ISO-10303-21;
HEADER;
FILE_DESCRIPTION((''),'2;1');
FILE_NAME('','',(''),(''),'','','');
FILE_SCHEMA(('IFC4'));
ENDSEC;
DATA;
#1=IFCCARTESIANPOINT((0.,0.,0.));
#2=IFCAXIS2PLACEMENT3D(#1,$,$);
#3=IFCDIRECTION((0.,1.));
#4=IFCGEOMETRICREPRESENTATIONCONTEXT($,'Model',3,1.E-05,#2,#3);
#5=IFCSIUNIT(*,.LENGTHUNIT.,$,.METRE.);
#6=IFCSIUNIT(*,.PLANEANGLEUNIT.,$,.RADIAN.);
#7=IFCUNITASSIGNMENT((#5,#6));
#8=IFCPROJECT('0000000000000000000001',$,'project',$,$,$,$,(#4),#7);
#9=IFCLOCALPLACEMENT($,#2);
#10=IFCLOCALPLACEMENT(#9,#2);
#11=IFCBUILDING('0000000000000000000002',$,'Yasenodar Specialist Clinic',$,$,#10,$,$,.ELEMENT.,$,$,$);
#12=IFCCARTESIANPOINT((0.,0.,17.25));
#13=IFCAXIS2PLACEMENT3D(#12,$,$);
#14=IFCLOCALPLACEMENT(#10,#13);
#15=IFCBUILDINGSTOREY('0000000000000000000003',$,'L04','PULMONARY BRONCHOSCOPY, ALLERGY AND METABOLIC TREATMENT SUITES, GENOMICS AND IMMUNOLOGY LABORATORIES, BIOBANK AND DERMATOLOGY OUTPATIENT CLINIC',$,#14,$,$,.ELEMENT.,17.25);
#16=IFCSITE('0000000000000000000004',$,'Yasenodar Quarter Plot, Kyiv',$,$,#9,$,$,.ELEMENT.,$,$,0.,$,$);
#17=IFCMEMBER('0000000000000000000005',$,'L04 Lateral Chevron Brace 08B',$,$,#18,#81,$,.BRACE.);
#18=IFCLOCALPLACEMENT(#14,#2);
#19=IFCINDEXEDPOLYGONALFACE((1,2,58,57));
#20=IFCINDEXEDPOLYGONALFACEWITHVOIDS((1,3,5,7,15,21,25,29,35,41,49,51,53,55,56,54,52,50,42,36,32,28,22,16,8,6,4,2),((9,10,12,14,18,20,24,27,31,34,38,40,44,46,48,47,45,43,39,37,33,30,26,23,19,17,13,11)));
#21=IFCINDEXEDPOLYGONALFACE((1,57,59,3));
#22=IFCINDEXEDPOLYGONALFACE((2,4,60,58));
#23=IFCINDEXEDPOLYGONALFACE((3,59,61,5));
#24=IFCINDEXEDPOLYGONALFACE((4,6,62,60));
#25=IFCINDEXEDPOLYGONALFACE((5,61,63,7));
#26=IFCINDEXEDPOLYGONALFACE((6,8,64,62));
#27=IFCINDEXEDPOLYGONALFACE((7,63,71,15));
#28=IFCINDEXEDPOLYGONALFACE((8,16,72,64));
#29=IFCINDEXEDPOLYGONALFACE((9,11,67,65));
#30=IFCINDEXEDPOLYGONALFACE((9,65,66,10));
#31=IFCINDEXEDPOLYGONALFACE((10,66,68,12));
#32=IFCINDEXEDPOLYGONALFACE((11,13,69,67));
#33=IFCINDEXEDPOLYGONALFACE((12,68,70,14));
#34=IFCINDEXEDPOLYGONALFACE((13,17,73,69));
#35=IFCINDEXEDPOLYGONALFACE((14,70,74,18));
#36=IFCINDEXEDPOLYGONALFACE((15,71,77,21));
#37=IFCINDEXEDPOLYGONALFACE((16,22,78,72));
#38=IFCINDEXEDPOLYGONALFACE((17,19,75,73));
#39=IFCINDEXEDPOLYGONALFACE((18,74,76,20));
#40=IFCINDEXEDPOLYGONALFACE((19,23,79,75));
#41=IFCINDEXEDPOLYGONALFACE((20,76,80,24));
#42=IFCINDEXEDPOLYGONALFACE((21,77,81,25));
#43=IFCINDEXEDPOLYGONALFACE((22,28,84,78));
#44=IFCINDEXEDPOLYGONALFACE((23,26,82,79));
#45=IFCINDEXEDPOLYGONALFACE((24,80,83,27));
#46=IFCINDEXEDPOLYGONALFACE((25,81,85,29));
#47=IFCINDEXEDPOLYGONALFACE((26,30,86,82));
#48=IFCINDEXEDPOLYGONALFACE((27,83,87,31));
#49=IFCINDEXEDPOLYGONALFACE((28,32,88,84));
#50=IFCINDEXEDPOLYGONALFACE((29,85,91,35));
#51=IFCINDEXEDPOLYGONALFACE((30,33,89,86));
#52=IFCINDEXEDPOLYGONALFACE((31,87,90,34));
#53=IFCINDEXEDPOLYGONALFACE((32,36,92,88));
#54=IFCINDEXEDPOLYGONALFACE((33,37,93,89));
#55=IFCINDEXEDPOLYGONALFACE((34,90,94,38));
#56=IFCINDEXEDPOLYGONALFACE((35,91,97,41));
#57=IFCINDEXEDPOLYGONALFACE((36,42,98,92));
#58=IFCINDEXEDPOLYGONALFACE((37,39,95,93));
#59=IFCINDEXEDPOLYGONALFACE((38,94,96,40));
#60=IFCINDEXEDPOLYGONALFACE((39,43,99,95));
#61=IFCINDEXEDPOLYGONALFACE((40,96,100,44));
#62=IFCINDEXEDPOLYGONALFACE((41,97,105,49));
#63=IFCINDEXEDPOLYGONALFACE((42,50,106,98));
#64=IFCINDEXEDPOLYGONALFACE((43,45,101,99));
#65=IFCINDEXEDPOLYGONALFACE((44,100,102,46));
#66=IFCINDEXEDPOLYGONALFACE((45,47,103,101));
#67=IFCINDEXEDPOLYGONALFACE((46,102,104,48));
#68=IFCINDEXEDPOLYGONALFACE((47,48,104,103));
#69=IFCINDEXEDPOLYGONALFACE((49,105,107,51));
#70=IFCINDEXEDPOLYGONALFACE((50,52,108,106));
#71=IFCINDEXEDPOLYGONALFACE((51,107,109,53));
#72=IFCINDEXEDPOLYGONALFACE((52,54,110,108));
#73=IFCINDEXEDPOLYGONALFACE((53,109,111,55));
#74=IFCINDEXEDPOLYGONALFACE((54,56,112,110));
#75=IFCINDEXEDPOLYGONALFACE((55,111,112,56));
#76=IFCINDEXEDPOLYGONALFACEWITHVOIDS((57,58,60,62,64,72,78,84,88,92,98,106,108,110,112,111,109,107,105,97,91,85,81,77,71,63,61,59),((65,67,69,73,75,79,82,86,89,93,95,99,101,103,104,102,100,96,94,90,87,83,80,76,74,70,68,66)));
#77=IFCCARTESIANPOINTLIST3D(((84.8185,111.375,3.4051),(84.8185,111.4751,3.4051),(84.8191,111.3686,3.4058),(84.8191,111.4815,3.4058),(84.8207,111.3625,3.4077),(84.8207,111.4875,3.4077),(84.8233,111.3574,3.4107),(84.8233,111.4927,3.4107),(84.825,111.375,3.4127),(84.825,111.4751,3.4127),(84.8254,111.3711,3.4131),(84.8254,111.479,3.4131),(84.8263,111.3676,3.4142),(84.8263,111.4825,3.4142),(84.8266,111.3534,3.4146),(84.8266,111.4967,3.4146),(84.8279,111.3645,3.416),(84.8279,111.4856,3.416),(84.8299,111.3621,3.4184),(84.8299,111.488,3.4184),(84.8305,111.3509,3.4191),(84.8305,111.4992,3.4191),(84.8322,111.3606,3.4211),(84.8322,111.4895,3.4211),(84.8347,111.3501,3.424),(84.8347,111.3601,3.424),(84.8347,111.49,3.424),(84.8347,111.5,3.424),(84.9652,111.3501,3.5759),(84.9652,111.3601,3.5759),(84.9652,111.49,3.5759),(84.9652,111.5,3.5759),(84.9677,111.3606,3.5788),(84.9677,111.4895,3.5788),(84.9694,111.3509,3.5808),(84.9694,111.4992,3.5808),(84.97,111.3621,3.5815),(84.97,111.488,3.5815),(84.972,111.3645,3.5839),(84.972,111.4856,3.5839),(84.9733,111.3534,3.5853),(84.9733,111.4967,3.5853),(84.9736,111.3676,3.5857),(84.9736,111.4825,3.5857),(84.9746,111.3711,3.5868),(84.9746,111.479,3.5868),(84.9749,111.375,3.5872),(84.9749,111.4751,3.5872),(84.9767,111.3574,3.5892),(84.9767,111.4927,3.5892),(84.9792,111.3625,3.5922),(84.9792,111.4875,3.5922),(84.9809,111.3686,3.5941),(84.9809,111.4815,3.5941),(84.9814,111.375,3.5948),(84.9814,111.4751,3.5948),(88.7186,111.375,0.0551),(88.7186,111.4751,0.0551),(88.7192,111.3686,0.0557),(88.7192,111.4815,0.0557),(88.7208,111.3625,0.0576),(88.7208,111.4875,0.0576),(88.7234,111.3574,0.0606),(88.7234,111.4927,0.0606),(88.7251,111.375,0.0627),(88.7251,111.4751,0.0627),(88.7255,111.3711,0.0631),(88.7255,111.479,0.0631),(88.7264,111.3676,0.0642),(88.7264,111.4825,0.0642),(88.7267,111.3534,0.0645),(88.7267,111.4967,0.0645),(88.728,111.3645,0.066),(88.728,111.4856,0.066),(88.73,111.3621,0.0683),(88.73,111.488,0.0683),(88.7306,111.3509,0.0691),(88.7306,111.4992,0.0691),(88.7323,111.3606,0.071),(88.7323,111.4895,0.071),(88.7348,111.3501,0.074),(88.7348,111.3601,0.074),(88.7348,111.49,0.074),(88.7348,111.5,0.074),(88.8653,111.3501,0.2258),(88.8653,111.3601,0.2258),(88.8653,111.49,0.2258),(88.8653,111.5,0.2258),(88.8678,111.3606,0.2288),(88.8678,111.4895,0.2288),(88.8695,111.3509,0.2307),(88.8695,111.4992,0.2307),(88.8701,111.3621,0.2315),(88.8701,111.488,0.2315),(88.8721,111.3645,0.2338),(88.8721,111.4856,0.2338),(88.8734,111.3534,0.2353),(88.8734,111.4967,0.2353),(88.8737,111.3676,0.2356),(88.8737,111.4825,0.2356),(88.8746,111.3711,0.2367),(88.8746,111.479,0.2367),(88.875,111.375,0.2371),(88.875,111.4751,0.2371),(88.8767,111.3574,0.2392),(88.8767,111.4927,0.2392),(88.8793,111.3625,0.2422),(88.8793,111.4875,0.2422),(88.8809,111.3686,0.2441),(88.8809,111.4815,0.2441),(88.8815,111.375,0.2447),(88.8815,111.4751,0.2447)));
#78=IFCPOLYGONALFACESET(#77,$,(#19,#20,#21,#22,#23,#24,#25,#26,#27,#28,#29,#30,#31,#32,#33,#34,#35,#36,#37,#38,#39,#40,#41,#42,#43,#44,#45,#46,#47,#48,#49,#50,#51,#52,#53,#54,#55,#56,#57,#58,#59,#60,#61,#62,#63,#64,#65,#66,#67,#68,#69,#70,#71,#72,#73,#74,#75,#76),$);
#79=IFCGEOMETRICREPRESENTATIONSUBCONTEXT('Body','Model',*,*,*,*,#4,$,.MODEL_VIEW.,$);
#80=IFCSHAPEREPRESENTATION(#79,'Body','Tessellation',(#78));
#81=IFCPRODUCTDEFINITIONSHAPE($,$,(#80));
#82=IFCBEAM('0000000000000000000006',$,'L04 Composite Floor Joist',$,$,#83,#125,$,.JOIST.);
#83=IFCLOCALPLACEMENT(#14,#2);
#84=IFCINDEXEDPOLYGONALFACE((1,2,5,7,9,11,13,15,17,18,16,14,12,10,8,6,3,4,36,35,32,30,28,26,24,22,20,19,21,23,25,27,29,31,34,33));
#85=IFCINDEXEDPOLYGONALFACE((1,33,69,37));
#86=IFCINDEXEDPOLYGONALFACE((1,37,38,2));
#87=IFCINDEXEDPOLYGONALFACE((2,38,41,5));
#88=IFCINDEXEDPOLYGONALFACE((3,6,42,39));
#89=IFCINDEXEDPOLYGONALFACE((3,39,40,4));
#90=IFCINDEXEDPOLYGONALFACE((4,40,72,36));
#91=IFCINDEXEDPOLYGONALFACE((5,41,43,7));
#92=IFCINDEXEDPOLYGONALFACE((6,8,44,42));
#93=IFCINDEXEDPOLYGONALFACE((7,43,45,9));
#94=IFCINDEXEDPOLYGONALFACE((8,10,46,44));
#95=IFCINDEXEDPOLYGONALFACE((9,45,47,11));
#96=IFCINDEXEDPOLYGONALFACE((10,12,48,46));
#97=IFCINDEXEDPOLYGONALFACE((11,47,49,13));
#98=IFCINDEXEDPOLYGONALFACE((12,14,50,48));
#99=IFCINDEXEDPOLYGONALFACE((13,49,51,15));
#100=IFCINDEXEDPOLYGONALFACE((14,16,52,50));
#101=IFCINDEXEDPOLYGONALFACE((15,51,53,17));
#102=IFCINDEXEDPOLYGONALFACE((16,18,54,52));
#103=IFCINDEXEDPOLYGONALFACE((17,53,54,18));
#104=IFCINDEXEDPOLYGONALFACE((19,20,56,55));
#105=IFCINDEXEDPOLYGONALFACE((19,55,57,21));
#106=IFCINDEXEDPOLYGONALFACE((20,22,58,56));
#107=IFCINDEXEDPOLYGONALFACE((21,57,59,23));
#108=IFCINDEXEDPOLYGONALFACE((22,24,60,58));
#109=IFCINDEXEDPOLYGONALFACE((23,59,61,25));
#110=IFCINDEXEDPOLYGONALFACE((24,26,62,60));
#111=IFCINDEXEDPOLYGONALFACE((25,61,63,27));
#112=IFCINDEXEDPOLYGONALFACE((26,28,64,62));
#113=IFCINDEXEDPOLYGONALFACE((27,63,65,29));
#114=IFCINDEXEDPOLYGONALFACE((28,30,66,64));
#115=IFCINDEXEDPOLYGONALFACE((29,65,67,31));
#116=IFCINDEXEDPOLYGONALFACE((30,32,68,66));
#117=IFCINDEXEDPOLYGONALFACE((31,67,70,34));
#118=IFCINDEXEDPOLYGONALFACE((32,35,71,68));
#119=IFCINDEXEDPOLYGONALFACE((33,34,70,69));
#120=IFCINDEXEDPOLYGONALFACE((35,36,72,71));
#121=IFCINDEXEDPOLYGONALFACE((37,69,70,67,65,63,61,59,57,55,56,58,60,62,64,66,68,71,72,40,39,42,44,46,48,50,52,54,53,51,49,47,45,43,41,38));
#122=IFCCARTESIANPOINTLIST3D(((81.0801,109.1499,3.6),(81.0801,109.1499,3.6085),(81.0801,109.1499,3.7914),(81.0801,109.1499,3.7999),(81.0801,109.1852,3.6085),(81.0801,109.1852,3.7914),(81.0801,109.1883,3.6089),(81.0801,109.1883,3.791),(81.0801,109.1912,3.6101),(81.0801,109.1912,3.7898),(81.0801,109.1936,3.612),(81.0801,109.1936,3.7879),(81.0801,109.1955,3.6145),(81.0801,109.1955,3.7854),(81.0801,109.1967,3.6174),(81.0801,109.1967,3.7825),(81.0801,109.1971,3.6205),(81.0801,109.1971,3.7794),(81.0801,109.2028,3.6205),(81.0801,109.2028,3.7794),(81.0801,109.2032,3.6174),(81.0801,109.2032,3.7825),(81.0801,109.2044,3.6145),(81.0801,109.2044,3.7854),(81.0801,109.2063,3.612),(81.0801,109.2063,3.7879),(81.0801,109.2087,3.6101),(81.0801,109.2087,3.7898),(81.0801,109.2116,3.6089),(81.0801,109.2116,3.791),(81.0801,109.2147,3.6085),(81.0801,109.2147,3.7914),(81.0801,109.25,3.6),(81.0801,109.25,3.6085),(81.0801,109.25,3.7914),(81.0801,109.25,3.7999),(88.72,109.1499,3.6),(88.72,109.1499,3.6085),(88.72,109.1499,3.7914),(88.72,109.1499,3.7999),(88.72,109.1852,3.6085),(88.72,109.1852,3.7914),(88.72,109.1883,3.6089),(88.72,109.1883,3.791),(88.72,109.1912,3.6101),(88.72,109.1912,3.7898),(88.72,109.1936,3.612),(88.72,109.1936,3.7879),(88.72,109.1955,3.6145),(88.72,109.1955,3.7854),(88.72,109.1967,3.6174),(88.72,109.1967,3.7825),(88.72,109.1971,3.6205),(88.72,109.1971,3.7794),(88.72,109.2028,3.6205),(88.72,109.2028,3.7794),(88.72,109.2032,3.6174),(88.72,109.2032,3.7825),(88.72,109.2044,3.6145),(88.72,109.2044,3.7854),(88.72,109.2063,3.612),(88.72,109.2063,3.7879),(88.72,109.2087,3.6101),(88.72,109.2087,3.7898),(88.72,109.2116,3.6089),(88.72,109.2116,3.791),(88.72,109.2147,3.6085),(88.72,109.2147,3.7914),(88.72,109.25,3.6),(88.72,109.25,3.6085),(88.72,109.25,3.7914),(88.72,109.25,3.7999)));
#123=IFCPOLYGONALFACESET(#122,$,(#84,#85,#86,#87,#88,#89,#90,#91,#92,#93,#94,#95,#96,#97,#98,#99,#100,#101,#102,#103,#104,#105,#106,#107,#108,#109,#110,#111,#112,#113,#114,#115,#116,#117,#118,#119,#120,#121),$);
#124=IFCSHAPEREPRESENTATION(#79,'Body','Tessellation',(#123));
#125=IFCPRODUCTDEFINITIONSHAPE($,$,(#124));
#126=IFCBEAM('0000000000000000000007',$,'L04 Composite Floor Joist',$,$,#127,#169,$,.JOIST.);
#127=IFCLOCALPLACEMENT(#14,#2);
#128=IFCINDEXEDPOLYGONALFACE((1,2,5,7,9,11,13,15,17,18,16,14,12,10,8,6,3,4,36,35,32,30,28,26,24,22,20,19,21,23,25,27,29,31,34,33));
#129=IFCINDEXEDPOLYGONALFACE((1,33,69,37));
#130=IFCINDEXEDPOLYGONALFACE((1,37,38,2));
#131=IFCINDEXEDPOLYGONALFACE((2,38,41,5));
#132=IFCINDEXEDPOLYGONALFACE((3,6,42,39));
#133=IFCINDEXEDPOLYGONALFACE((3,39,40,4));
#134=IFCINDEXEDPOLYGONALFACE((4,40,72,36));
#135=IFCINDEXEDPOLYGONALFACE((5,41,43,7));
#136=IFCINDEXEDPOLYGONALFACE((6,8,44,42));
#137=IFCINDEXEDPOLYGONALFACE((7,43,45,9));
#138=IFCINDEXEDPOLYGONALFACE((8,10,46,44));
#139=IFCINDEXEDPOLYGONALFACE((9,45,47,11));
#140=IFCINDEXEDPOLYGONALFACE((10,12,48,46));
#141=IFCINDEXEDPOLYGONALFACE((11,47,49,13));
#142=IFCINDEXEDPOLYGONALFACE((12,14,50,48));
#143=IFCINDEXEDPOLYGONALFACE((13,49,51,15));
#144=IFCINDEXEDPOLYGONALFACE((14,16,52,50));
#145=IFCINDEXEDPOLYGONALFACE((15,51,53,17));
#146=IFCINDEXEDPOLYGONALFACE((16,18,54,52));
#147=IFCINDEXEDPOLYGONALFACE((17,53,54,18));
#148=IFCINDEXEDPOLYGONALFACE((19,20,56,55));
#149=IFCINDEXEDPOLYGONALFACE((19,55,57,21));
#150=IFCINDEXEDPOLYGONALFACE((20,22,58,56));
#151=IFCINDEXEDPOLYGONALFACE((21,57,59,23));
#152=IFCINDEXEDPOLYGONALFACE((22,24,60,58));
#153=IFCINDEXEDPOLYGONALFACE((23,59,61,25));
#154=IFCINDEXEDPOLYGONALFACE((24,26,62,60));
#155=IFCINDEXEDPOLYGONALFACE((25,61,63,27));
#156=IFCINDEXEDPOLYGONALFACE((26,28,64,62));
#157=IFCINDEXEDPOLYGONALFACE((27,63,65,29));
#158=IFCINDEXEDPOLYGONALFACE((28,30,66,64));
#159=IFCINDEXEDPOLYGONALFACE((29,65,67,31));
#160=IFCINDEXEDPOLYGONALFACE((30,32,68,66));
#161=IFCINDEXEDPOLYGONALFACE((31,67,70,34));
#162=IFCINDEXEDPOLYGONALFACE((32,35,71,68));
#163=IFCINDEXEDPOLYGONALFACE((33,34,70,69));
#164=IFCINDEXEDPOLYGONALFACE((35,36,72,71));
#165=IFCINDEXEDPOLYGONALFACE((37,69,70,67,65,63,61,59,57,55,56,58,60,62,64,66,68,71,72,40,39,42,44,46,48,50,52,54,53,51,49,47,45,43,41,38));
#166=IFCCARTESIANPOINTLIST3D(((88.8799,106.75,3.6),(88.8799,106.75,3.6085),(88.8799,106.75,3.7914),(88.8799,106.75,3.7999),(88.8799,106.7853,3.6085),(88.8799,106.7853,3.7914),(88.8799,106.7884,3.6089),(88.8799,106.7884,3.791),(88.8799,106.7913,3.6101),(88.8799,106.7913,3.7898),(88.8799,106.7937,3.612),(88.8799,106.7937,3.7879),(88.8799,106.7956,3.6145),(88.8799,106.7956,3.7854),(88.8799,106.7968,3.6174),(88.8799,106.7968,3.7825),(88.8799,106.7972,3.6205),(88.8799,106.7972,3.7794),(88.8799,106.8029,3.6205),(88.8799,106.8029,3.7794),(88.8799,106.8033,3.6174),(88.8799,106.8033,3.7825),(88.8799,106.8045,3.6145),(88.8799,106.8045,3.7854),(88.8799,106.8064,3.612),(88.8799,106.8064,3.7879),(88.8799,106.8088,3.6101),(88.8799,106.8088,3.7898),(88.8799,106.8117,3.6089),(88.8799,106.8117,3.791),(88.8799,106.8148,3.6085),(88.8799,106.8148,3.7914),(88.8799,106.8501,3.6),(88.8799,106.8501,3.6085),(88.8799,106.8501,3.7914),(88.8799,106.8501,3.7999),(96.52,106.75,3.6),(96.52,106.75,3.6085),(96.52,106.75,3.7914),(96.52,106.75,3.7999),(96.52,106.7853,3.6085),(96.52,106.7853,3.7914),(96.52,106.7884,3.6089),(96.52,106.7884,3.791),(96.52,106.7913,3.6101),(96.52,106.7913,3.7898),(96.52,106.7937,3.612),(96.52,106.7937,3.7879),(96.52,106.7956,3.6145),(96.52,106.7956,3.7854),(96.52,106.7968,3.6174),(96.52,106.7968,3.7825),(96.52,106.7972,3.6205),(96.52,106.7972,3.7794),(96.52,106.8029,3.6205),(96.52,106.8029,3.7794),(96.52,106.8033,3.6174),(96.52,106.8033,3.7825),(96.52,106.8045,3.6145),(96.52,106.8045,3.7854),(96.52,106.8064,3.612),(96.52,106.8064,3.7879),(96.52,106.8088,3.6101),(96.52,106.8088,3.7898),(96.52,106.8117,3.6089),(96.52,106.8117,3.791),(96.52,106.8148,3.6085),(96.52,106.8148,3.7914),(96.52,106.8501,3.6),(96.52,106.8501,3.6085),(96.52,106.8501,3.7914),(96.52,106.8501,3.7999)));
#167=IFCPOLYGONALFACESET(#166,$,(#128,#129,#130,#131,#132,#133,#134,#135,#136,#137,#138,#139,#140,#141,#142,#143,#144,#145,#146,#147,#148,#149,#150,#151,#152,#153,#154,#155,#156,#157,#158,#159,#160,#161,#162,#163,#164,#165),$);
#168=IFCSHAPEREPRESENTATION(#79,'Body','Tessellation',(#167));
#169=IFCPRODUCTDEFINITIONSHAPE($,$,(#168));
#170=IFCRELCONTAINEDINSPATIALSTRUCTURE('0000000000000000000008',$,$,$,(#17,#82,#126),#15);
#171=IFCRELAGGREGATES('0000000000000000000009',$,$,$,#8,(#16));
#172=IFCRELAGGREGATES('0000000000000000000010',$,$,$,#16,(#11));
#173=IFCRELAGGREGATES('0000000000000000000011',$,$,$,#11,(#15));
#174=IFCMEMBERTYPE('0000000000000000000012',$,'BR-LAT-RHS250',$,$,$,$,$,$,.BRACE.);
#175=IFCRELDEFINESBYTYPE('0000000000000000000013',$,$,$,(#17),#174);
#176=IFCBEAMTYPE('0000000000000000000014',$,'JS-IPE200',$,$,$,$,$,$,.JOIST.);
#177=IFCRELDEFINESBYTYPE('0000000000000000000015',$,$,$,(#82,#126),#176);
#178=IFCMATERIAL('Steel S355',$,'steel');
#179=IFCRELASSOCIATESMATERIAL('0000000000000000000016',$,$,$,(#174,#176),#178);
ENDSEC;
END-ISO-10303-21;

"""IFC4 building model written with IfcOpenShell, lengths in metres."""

from ifc_helpers import new_model, si_unit, direction, frame, origin, origin_2d, place, context, subcontext, project, spatial, hollow_rectangle, i_section, extrude, material, material_profile, profile_set, type_object, element, save


model = new_model("IFC4")

# Units and contexts
model_context = context("Model", 3, precision=1e-05, world=origin(), true_north=direction((0.0, 1.0)))
body_context = subcontext(model_context, "Body", "Model", "MODEL_VIEW")
ifc_project = project(units=[si_unit("LENGTHUNIT", "METRE"), si_unit("PLANEANGLEUNIT", "RADIAN")], contexts=[model_context])

# Site, building, storey
site_placement = place(None, origin())
site = spatial("IfcSite", under=ifc_project, at=site_placement, Name="Yasenodar Quarter Plot, Kyiv", CompositionType="ELEMENT", RefElevation=0.0)
building_placement = place(site_placement, origin())
building = spatial("IfcBuilding", under=site, at=building_placement, Name="Yasenodar Specialist Clinic", CompositionType="ELEMENT")
storey_placement = place(building_placement, frame((0.0, 0.0, 17.25)))
storey = spatial("IfcBuildingStorey", under=building, at=storey_placement, Name="L04", Description="PULMONARY BRONCHOSCOPY, ALLERGY AND METABOLIC TREATMENT SUITES, GENOMICS AND IMMUNOLOGY LABORATORIES, BIOBANK AND DERMATOLOGY OUTPATIENT CLINIC", CompositionType="ELEMENT", Elevation=17.25)

# Shared definitions
ifc_material_1 = material(Name="Steel S355", Category="steel")

# Member
ifc_material_profile_1 = material_profile(ifc_material_1, hollow_rectangle(XDim=0.1499, YDim=0.25, WallThickness=0.01, InnerFilletRadius=0.0149, OuterFilletRadius=0.0249, at=origin_2d()), Name="RHS 250x150x10")
ifc_profile_set_1 = profile_set([ifc_material_profile_1], Name="Steel S355")
member_type = type_object("IfcMemberType", Name="BR-LAT-RHS250", PredefinedType="BRACE", material=ifc_profile_set_1)
for number, where, z_axis, x_axis, name in (
    (1, (88.8, 111.425, 0.1499), (-0.758572, 0.0, 0.651589), (0.0, -1.0, 0.0), "L04 Lateral Chevron Brace 08B"),
):
    element("IfcMember", number, at=place(storey_placement, frame(where, z_axis=z_axis, x_axis=x_axis)), inside=storey, type_object=member_type, Name=name, PredefinedType="BRACE", context=body_context, shape_type="SweptSolid", body=[
        extrude(hollow_rectangle(XDim=0.1499, YDim=0.25, WallThickness=0.01, InnerFilletRadius=0.0149, OuterFilletRadius=0.0249, at=origin_2d()), origin(), (0.0, 0.0, 1.0), 5.1414),
    ])

# Beams
ifc_material_profile_2 = material_profile(ifc_material_1, i_section(OverallWidth=0.1001, OverallDepth=0.2, WebThickness=0.0056, FlangeThickness=0.0085, FilletRadius=0.012, at=origin_2d()), Name="IPE 200")
ifc_profile_set_2 = profile_set([ifc_material_profile_2], Name="Steel S355")
beam_type_1 = type_object("IfcBeamType", Name="JS-IPE200", PredefinedType="JOIST", material=ifc_profile_set_2)
beam_1_placement = place(storey_placement, frame((81.0801, 109.2, 3.7), z_axis=(1.0, 0.0, 0.0), x_axis=(0.0, 1.0, 0.0)))
element("IfcBeam", 2, at=beam_1_placement, inside=storey, type_object=beam_type_1, Name="L04 Composite Floor Joist", PredefinedType="JOIST", context=body_context, shape_type="SweptSolid", body=[
    extrude(i_section(OverallWidth=0.1001, OverallDepth=0.2, WebThickness=0.0056, FlangeThickness=0.0085, FilletRadius=0.012, at=origin_2d()), origin(), (0.0, 0.0, 1.0), 7.6399),
])
beam_2_placement = place(storey_placement, frame((88.8799, 106.8, 3.7), z_axis=(1.0, 0.0, 0.0), x_axis=(0.0, 1.0, 0.0)))
element("IfcBeam", 3, at=beam_2_placement, inside=storey, type_object=beam_type_1, Name="L04 Composite Floor Joist", PredefinedType="JOIST", context=body_context, shape_type="SweptSolid", body=[
    extrude(i_section(OverallWidth=0.1001, OverallDepth=0.2, WebThickness=0.0056, FlangeThickness=0.0085, FilletRadius=0.012, at=origin_2d()), origin(), (0.0, 0.0, 1.0), 7.6401),
])

save(model, "model.ifc")
